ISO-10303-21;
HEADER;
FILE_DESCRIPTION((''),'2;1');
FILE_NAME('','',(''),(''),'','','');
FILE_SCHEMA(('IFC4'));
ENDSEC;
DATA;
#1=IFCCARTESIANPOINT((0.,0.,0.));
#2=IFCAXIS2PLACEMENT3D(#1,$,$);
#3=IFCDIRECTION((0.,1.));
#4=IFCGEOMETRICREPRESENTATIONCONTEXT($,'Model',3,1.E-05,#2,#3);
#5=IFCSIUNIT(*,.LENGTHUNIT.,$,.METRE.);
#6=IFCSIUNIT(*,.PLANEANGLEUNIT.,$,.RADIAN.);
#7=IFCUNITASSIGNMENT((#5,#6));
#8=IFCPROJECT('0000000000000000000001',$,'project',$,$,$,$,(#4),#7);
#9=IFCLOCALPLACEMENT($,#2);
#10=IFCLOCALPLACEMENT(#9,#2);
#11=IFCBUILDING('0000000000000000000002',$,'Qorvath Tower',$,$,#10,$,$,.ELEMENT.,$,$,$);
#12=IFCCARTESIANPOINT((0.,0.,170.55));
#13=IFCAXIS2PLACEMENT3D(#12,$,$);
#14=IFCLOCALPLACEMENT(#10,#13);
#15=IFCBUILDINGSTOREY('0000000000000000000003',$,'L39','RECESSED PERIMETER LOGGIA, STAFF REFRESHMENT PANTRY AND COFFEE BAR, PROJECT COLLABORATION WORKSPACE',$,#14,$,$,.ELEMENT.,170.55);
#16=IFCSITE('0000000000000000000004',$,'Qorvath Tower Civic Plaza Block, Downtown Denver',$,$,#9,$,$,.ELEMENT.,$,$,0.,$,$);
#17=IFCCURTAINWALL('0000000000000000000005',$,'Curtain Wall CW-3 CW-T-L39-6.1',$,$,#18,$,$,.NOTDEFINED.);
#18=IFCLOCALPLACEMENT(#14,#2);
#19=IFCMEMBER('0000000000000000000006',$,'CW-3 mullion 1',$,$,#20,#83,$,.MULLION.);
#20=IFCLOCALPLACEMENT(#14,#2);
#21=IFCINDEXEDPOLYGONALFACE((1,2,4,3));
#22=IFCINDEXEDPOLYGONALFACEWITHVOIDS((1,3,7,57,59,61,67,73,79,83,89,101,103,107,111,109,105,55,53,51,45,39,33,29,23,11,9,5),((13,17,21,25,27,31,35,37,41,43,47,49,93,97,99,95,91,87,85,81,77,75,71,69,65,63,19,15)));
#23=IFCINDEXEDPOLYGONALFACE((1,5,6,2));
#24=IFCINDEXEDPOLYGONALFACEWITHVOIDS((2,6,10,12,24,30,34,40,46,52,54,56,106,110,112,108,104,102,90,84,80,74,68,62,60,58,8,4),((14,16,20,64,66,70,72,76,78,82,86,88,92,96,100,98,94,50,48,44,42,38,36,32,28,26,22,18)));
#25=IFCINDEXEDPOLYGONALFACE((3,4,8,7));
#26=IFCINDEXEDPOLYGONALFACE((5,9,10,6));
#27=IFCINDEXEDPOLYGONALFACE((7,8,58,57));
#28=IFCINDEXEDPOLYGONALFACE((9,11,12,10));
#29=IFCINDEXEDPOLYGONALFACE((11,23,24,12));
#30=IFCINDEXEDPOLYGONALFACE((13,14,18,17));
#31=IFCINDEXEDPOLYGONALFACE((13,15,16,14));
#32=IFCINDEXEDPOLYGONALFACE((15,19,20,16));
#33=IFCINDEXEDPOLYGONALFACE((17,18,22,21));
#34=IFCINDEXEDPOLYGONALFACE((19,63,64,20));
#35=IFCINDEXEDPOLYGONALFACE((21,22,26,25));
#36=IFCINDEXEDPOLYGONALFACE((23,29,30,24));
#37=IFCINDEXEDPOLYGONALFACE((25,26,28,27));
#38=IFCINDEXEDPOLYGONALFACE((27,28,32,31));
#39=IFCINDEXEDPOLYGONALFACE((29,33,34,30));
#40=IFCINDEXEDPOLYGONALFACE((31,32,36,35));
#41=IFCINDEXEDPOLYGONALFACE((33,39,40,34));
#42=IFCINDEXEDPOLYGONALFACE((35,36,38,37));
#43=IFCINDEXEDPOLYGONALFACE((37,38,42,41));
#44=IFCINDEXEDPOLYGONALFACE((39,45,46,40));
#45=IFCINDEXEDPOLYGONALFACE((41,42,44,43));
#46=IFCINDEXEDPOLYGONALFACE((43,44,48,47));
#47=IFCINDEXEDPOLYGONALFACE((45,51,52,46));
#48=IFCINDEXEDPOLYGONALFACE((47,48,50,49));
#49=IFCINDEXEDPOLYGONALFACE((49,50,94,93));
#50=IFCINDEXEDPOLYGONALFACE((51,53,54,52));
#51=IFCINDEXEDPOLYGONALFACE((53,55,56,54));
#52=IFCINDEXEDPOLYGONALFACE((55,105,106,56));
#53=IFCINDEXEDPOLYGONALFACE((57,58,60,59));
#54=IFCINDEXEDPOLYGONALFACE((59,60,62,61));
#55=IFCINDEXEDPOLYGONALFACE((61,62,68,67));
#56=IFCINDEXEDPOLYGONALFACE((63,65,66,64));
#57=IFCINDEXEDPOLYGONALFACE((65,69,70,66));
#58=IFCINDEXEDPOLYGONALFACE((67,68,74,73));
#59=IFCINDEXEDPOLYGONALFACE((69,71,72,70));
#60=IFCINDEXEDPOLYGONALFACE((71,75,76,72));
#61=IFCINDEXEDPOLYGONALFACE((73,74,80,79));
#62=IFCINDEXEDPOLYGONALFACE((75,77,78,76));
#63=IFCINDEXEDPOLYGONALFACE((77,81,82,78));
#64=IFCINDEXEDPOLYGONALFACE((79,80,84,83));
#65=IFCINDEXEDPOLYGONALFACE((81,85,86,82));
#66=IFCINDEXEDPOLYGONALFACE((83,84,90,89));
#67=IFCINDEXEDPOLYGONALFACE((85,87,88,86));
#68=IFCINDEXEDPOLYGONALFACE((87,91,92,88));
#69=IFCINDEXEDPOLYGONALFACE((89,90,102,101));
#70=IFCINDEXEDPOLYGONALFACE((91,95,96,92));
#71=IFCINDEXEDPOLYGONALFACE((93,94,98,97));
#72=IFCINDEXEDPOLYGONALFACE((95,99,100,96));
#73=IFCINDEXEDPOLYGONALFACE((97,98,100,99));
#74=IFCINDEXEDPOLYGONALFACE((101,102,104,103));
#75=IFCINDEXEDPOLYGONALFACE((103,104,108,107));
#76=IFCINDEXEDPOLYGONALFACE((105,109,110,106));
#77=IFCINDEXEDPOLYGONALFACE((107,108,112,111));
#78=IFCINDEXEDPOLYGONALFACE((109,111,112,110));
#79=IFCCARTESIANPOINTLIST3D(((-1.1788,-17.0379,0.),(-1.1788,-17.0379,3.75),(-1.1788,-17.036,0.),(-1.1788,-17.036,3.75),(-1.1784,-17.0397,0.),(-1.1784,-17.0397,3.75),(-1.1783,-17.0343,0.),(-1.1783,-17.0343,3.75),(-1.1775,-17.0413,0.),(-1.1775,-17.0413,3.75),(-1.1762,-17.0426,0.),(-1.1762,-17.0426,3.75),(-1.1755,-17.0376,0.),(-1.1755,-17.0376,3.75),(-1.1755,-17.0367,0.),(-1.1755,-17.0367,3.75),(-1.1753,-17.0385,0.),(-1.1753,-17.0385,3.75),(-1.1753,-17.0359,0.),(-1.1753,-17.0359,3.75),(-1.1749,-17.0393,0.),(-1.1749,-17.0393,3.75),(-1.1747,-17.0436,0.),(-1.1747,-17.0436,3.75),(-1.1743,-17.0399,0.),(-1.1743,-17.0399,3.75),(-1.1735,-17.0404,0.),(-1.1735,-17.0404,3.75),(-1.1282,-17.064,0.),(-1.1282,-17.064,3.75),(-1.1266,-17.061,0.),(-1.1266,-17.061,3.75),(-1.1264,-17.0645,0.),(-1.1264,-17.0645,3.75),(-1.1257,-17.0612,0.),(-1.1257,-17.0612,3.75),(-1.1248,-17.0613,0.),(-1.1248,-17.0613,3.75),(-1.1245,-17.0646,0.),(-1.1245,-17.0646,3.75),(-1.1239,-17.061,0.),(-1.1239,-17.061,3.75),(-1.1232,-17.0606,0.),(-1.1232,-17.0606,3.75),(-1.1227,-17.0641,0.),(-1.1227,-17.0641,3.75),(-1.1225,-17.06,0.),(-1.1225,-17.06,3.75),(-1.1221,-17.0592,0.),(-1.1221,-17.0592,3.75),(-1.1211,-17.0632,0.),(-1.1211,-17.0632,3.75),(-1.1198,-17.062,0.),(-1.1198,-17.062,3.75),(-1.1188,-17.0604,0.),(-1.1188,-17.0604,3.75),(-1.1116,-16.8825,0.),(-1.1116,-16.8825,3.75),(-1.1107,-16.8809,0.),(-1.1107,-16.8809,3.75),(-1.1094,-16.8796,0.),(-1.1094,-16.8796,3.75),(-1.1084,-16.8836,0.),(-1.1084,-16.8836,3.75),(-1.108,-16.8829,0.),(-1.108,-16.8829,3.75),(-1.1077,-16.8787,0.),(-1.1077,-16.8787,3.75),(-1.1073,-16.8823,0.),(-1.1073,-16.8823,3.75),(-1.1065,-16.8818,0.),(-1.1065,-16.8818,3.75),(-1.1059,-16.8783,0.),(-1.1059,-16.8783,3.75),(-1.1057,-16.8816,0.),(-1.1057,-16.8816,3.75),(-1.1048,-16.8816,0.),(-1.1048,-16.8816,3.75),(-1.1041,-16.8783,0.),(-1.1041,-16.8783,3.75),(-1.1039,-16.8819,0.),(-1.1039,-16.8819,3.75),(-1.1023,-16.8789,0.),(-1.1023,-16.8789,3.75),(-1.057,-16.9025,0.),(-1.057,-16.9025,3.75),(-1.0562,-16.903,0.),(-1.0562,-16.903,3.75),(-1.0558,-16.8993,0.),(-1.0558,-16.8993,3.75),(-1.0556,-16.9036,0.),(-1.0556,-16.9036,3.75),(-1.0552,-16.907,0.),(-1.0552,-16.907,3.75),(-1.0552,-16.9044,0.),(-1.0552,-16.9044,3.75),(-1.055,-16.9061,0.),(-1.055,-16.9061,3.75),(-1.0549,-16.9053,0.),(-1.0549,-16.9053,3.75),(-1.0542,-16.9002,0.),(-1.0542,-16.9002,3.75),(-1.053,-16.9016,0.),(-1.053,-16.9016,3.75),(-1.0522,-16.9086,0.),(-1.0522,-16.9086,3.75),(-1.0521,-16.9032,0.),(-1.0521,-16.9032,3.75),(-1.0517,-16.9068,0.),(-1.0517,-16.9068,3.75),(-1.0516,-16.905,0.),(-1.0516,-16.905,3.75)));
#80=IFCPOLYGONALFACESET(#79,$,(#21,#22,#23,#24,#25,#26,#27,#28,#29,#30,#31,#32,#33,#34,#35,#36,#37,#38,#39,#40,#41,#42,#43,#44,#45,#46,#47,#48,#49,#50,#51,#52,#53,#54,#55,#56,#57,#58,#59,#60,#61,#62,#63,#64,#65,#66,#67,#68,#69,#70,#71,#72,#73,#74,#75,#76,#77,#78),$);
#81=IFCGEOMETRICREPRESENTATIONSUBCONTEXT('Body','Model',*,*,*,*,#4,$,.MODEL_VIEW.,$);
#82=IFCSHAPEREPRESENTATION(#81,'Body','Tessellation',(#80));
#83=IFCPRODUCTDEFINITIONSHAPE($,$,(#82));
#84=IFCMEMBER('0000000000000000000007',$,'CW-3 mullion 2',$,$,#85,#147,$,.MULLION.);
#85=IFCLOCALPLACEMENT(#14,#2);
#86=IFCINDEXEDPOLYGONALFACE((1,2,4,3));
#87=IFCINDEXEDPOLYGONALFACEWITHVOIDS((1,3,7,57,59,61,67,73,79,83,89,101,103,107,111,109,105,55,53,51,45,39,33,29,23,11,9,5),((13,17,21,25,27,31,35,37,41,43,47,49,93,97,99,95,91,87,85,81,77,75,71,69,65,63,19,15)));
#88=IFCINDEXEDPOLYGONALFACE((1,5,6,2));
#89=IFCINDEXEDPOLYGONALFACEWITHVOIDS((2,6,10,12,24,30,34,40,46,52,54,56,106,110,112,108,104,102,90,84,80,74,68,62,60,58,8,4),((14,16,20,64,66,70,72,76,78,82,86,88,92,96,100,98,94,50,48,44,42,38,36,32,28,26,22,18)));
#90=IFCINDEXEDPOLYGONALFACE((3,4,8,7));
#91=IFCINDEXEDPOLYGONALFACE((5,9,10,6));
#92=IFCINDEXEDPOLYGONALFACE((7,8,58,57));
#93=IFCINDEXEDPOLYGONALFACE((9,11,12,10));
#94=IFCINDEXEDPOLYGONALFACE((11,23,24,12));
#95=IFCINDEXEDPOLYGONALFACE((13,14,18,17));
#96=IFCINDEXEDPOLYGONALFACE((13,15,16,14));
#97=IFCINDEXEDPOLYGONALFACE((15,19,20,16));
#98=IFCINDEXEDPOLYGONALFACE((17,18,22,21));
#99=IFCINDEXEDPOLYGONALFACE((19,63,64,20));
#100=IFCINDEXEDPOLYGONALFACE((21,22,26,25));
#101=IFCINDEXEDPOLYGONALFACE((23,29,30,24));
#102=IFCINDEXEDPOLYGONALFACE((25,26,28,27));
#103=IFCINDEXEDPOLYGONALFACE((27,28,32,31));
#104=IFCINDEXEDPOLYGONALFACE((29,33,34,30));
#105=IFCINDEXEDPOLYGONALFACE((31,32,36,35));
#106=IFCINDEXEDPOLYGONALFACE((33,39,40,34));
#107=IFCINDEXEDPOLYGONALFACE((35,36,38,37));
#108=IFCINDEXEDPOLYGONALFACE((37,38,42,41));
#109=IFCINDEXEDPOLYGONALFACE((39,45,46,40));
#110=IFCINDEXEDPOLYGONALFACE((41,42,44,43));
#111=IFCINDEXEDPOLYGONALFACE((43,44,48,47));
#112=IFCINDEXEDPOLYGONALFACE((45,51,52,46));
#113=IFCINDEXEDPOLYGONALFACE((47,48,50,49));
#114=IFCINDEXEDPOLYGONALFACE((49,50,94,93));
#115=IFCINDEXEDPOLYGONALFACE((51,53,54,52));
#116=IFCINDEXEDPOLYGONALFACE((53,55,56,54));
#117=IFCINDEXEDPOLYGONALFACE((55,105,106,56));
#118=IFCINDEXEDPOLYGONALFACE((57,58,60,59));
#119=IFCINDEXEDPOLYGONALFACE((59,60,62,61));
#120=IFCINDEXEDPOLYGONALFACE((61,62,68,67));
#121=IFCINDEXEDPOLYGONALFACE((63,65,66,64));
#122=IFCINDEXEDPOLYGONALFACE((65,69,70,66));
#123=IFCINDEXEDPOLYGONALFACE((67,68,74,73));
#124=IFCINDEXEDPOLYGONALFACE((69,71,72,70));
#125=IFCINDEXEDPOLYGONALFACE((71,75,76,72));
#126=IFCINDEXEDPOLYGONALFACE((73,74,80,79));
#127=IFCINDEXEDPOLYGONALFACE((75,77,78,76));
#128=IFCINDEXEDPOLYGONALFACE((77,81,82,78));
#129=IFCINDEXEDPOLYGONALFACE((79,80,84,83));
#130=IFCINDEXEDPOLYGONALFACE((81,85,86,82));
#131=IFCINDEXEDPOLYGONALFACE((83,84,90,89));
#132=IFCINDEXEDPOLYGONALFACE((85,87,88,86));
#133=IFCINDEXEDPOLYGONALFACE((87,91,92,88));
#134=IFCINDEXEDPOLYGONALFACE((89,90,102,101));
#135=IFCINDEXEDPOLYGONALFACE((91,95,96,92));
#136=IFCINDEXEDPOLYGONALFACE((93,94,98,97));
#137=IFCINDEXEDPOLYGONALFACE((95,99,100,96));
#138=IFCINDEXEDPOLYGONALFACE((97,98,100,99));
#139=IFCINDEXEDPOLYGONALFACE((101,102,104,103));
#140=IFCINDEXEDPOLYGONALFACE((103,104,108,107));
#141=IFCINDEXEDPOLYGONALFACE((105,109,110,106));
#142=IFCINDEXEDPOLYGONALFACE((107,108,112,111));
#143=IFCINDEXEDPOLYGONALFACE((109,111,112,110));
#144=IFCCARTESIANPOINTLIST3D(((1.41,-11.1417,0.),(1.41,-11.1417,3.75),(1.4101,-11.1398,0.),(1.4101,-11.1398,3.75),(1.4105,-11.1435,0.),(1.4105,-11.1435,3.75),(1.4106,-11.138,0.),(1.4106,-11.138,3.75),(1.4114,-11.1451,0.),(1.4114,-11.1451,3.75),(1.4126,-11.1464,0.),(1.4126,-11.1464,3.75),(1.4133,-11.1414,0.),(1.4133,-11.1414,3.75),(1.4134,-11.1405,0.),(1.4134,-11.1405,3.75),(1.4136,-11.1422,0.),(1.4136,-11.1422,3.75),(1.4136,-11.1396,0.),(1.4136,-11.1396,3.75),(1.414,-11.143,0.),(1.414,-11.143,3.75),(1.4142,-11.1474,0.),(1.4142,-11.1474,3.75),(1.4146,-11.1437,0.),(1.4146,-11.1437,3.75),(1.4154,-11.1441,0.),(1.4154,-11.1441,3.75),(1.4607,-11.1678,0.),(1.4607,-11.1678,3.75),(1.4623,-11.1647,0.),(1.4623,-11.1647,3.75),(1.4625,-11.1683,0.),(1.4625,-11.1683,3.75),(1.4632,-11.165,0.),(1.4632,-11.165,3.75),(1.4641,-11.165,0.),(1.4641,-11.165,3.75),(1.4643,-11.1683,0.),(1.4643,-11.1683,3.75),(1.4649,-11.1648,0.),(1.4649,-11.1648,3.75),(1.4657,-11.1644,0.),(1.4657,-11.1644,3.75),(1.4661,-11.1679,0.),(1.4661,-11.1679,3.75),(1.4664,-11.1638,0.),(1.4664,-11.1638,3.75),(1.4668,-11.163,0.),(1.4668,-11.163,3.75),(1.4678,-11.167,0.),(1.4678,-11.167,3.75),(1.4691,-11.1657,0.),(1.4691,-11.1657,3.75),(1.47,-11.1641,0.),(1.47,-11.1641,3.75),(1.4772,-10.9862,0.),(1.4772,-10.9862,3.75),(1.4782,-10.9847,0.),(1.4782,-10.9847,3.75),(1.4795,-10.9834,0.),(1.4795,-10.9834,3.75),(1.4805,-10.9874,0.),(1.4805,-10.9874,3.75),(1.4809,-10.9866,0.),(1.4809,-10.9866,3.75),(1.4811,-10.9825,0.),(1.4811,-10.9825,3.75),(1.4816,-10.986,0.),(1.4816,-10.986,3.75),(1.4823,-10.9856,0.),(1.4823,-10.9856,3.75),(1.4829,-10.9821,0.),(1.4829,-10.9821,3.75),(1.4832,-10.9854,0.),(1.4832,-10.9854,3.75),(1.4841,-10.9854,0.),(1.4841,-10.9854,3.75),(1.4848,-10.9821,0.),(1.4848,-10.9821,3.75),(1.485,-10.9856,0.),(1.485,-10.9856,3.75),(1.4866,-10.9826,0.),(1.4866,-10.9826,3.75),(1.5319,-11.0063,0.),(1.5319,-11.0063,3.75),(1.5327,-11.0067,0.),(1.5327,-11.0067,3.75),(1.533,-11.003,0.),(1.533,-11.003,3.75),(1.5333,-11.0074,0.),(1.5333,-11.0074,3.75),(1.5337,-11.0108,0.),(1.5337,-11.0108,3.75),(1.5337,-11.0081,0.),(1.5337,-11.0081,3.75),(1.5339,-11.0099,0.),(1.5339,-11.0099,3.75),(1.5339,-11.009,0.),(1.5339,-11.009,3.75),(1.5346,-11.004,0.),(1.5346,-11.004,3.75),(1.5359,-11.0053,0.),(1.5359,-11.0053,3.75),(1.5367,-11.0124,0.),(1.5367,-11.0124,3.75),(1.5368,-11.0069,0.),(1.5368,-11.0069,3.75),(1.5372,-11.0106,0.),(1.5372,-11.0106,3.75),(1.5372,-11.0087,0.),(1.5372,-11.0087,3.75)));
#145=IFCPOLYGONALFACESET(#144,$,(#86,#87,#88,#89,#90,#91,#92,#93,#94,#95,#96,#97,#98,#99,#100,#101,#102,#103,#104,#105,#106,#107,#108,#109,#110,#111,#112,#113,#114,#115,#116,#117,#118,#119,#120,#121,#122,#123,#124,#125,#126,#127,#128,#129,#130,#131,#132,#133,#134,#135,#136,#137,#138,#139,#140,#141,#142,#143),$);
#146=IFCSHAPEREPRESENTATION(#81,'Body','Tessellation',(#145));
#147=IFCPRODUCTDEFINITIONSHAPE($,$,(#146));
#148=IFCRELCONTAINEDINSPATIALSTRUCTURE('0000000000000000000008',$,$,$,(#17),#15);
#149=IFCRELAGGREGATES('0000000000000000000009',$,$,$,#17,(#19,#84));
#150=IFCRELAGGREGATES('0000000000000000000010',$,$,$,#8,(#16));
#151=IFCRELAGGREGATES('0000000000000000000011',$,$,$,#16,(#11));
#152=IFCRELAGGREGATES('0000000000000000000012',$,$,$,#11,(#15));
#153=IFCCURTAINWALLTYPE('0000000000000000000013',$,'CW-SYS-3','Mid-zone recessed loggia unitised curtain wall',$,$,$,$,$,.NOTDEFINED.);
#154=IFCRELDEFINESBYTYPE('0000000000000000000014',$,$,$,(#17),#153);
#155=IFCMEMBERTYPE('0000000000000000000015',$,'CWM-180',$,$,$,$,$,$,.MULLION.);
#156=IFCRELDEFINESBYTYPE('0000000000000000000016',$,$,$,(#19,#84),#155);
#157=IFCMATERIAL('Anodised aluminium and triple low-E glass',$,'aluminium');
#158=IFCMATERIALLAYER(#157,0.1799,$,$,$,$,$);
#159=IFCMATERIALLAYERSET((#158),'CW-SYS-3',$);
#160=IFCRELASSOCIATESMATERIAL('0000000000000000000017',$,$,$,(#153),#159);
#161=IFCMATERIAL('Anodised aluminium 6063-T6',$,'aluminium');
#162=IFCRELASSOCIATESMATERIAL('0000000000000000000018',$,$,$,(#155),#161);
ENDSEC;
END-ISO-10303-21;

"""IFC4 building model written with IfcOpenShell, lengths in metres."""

from ifc_helpers import new_model, si_unit, direction, frame, origin, origin_2d, place, context, subcontext, project, spatial, hollow_rectangle, extrude, material, layer, layer_set, material_profile, profile_set, type_object, element, aggregate, save


model = new_model("IFC4")

# Units and contexts
model_context = context("Model", 3, precision=1e-05, world=origin(), true_north=direction((0.0, 1.0)))
body_context = subcontext(model_context, "Body", "Model", "MODEL_VIEW")
ifc_project = project(units=[si_unit("LENGTHUNIT", "METRE"), si_unit("PLANEANGLEUNIT", "RADIAN")], contexts=[model_context])

# Site, building, storey
site_placement = place(None, origin())
site = spatial("IfcSite", under=ifc_project, at=site_placement, Name="Qorvath Tower Civic Plaza Block, Downtown Denver", CompositionType="ELEMENT", RefElevation=0.0)
building_placement = place(site_placement, origin())
building = spatial("IfcBuilding", under=site, at=building_placement, Name="Qorvath Tower", CompositionType="ELEMENT")
storey_placement = place(building_placement, frame((0.0, 0.0, 170.55)))
storey = spatial("IfcBuildingStorey", under=building, at=storey_placement, Name="L39", Description="RECESSED PERIMETER LOGGIA, STAFF REFRESHMENT PANTRY AND COFFEE BAR, PROJECT COLLABORATION WORKSPACE", CompositionType="ELEMENT", Elevation=170.55)

# Curtain wall, members
ifc_material_1 = material(Name="Anodised aluminium and triple low-E glass", Category="aluminium")
ifc_layer_1 = layer(ifc_material_1, 0.1799)
ifc_layer_set_1 = layer_set([ifc_layer_1], Name="CW-SYS-3")
curtain_wall_type = type_object("IfcCurtainWallType", Name="CW-SYS-3", Description="Mid-zone recessed loggia unitised curtain wall", PredefinedType="NOTDEFINED", material=ifc_layer_set_1)
ifc_material_2 = material(Name="Anodised aluminium 6063-T6", Category="aluminium")
ifc_material_profile_1 = material_profile(ifc_material_2, hollow_rectangle(XDim=0.0649, YDim=0.1799, WallThickness=0.0034, InnerFilletRadius=0.0034, OuterFilletRadius=0.0071, at=origin_2d()), Name="CWM 180x65")
ifc_profile_set_1 = profile_set([ifc_material_profile_1], Name="Anodised aluminium 6063-T6")
member_type_1 = type_object("IfcMemberType", Name="CWM-180", PredefinedType="MULLION", material=ifc_profile_set_1)
curtain_wall_1_placement = place(storey_placement, origin())
curtain_wall_1 = element("IfcCurtainWall", 1, at=curtain_wall_1_placement, inside=storey, type_object=curtain_wall_type, Name="Curtain Wall CW-3 CW-T-L39-6.1", PredefinedType="NOTDEFINED")
member_1_placement = place(storey_placement, frame((-1.1152, -16.9714, 0.0), z_axis=(0.0, 0.0, 1.0), x_axis=(-0.915629, 0.402023, 0.0)))
member_1 = element("IfcMember", 2, at=member_1_placement, type_object=member_type_1, Name="CW-3 mullion 1", PredefinedType="MULLION", context=body_context, shape_type="SweptSolid", body=[
    extrude(hollow_rectangle(XDim=0.0649, YDim=0.1799, WallThickness=0.0034, InnerFilletRadius=0.0034, OuterFilletRadius=0.0071, at=origin_2d()), origin(), (0.0, 0.0, 1.0), 3.75),
])
member_2_placement = place(storey_placement, frame((1.4736, -11.0752, 0.0), z_axis=(0.0, 0.0, 1.0), x_axis=(-0.915629, 0.402023, 0.0)))
member_2 = element("IfcMember", 3, at=member_2_placement, type_object=member_type_1, Name="CW-3 mullion 2", PredefinedType="MULLION", context=body_context, shape_type="SweptSolid", body=[
    extrude(hollow_rectangle(XDim=0.0649, YDim=0.1799, WallThickness=0.0034, InnerFilletRadius=0.0034, OuterFilletRadius=0.0071, at=origin_2d()), origin(), (0.0, 0.0, 1.0), 3.75),
])

aggregate(curtain_wall_1, [member_1, member_2])

save(model, "model.ifc")
